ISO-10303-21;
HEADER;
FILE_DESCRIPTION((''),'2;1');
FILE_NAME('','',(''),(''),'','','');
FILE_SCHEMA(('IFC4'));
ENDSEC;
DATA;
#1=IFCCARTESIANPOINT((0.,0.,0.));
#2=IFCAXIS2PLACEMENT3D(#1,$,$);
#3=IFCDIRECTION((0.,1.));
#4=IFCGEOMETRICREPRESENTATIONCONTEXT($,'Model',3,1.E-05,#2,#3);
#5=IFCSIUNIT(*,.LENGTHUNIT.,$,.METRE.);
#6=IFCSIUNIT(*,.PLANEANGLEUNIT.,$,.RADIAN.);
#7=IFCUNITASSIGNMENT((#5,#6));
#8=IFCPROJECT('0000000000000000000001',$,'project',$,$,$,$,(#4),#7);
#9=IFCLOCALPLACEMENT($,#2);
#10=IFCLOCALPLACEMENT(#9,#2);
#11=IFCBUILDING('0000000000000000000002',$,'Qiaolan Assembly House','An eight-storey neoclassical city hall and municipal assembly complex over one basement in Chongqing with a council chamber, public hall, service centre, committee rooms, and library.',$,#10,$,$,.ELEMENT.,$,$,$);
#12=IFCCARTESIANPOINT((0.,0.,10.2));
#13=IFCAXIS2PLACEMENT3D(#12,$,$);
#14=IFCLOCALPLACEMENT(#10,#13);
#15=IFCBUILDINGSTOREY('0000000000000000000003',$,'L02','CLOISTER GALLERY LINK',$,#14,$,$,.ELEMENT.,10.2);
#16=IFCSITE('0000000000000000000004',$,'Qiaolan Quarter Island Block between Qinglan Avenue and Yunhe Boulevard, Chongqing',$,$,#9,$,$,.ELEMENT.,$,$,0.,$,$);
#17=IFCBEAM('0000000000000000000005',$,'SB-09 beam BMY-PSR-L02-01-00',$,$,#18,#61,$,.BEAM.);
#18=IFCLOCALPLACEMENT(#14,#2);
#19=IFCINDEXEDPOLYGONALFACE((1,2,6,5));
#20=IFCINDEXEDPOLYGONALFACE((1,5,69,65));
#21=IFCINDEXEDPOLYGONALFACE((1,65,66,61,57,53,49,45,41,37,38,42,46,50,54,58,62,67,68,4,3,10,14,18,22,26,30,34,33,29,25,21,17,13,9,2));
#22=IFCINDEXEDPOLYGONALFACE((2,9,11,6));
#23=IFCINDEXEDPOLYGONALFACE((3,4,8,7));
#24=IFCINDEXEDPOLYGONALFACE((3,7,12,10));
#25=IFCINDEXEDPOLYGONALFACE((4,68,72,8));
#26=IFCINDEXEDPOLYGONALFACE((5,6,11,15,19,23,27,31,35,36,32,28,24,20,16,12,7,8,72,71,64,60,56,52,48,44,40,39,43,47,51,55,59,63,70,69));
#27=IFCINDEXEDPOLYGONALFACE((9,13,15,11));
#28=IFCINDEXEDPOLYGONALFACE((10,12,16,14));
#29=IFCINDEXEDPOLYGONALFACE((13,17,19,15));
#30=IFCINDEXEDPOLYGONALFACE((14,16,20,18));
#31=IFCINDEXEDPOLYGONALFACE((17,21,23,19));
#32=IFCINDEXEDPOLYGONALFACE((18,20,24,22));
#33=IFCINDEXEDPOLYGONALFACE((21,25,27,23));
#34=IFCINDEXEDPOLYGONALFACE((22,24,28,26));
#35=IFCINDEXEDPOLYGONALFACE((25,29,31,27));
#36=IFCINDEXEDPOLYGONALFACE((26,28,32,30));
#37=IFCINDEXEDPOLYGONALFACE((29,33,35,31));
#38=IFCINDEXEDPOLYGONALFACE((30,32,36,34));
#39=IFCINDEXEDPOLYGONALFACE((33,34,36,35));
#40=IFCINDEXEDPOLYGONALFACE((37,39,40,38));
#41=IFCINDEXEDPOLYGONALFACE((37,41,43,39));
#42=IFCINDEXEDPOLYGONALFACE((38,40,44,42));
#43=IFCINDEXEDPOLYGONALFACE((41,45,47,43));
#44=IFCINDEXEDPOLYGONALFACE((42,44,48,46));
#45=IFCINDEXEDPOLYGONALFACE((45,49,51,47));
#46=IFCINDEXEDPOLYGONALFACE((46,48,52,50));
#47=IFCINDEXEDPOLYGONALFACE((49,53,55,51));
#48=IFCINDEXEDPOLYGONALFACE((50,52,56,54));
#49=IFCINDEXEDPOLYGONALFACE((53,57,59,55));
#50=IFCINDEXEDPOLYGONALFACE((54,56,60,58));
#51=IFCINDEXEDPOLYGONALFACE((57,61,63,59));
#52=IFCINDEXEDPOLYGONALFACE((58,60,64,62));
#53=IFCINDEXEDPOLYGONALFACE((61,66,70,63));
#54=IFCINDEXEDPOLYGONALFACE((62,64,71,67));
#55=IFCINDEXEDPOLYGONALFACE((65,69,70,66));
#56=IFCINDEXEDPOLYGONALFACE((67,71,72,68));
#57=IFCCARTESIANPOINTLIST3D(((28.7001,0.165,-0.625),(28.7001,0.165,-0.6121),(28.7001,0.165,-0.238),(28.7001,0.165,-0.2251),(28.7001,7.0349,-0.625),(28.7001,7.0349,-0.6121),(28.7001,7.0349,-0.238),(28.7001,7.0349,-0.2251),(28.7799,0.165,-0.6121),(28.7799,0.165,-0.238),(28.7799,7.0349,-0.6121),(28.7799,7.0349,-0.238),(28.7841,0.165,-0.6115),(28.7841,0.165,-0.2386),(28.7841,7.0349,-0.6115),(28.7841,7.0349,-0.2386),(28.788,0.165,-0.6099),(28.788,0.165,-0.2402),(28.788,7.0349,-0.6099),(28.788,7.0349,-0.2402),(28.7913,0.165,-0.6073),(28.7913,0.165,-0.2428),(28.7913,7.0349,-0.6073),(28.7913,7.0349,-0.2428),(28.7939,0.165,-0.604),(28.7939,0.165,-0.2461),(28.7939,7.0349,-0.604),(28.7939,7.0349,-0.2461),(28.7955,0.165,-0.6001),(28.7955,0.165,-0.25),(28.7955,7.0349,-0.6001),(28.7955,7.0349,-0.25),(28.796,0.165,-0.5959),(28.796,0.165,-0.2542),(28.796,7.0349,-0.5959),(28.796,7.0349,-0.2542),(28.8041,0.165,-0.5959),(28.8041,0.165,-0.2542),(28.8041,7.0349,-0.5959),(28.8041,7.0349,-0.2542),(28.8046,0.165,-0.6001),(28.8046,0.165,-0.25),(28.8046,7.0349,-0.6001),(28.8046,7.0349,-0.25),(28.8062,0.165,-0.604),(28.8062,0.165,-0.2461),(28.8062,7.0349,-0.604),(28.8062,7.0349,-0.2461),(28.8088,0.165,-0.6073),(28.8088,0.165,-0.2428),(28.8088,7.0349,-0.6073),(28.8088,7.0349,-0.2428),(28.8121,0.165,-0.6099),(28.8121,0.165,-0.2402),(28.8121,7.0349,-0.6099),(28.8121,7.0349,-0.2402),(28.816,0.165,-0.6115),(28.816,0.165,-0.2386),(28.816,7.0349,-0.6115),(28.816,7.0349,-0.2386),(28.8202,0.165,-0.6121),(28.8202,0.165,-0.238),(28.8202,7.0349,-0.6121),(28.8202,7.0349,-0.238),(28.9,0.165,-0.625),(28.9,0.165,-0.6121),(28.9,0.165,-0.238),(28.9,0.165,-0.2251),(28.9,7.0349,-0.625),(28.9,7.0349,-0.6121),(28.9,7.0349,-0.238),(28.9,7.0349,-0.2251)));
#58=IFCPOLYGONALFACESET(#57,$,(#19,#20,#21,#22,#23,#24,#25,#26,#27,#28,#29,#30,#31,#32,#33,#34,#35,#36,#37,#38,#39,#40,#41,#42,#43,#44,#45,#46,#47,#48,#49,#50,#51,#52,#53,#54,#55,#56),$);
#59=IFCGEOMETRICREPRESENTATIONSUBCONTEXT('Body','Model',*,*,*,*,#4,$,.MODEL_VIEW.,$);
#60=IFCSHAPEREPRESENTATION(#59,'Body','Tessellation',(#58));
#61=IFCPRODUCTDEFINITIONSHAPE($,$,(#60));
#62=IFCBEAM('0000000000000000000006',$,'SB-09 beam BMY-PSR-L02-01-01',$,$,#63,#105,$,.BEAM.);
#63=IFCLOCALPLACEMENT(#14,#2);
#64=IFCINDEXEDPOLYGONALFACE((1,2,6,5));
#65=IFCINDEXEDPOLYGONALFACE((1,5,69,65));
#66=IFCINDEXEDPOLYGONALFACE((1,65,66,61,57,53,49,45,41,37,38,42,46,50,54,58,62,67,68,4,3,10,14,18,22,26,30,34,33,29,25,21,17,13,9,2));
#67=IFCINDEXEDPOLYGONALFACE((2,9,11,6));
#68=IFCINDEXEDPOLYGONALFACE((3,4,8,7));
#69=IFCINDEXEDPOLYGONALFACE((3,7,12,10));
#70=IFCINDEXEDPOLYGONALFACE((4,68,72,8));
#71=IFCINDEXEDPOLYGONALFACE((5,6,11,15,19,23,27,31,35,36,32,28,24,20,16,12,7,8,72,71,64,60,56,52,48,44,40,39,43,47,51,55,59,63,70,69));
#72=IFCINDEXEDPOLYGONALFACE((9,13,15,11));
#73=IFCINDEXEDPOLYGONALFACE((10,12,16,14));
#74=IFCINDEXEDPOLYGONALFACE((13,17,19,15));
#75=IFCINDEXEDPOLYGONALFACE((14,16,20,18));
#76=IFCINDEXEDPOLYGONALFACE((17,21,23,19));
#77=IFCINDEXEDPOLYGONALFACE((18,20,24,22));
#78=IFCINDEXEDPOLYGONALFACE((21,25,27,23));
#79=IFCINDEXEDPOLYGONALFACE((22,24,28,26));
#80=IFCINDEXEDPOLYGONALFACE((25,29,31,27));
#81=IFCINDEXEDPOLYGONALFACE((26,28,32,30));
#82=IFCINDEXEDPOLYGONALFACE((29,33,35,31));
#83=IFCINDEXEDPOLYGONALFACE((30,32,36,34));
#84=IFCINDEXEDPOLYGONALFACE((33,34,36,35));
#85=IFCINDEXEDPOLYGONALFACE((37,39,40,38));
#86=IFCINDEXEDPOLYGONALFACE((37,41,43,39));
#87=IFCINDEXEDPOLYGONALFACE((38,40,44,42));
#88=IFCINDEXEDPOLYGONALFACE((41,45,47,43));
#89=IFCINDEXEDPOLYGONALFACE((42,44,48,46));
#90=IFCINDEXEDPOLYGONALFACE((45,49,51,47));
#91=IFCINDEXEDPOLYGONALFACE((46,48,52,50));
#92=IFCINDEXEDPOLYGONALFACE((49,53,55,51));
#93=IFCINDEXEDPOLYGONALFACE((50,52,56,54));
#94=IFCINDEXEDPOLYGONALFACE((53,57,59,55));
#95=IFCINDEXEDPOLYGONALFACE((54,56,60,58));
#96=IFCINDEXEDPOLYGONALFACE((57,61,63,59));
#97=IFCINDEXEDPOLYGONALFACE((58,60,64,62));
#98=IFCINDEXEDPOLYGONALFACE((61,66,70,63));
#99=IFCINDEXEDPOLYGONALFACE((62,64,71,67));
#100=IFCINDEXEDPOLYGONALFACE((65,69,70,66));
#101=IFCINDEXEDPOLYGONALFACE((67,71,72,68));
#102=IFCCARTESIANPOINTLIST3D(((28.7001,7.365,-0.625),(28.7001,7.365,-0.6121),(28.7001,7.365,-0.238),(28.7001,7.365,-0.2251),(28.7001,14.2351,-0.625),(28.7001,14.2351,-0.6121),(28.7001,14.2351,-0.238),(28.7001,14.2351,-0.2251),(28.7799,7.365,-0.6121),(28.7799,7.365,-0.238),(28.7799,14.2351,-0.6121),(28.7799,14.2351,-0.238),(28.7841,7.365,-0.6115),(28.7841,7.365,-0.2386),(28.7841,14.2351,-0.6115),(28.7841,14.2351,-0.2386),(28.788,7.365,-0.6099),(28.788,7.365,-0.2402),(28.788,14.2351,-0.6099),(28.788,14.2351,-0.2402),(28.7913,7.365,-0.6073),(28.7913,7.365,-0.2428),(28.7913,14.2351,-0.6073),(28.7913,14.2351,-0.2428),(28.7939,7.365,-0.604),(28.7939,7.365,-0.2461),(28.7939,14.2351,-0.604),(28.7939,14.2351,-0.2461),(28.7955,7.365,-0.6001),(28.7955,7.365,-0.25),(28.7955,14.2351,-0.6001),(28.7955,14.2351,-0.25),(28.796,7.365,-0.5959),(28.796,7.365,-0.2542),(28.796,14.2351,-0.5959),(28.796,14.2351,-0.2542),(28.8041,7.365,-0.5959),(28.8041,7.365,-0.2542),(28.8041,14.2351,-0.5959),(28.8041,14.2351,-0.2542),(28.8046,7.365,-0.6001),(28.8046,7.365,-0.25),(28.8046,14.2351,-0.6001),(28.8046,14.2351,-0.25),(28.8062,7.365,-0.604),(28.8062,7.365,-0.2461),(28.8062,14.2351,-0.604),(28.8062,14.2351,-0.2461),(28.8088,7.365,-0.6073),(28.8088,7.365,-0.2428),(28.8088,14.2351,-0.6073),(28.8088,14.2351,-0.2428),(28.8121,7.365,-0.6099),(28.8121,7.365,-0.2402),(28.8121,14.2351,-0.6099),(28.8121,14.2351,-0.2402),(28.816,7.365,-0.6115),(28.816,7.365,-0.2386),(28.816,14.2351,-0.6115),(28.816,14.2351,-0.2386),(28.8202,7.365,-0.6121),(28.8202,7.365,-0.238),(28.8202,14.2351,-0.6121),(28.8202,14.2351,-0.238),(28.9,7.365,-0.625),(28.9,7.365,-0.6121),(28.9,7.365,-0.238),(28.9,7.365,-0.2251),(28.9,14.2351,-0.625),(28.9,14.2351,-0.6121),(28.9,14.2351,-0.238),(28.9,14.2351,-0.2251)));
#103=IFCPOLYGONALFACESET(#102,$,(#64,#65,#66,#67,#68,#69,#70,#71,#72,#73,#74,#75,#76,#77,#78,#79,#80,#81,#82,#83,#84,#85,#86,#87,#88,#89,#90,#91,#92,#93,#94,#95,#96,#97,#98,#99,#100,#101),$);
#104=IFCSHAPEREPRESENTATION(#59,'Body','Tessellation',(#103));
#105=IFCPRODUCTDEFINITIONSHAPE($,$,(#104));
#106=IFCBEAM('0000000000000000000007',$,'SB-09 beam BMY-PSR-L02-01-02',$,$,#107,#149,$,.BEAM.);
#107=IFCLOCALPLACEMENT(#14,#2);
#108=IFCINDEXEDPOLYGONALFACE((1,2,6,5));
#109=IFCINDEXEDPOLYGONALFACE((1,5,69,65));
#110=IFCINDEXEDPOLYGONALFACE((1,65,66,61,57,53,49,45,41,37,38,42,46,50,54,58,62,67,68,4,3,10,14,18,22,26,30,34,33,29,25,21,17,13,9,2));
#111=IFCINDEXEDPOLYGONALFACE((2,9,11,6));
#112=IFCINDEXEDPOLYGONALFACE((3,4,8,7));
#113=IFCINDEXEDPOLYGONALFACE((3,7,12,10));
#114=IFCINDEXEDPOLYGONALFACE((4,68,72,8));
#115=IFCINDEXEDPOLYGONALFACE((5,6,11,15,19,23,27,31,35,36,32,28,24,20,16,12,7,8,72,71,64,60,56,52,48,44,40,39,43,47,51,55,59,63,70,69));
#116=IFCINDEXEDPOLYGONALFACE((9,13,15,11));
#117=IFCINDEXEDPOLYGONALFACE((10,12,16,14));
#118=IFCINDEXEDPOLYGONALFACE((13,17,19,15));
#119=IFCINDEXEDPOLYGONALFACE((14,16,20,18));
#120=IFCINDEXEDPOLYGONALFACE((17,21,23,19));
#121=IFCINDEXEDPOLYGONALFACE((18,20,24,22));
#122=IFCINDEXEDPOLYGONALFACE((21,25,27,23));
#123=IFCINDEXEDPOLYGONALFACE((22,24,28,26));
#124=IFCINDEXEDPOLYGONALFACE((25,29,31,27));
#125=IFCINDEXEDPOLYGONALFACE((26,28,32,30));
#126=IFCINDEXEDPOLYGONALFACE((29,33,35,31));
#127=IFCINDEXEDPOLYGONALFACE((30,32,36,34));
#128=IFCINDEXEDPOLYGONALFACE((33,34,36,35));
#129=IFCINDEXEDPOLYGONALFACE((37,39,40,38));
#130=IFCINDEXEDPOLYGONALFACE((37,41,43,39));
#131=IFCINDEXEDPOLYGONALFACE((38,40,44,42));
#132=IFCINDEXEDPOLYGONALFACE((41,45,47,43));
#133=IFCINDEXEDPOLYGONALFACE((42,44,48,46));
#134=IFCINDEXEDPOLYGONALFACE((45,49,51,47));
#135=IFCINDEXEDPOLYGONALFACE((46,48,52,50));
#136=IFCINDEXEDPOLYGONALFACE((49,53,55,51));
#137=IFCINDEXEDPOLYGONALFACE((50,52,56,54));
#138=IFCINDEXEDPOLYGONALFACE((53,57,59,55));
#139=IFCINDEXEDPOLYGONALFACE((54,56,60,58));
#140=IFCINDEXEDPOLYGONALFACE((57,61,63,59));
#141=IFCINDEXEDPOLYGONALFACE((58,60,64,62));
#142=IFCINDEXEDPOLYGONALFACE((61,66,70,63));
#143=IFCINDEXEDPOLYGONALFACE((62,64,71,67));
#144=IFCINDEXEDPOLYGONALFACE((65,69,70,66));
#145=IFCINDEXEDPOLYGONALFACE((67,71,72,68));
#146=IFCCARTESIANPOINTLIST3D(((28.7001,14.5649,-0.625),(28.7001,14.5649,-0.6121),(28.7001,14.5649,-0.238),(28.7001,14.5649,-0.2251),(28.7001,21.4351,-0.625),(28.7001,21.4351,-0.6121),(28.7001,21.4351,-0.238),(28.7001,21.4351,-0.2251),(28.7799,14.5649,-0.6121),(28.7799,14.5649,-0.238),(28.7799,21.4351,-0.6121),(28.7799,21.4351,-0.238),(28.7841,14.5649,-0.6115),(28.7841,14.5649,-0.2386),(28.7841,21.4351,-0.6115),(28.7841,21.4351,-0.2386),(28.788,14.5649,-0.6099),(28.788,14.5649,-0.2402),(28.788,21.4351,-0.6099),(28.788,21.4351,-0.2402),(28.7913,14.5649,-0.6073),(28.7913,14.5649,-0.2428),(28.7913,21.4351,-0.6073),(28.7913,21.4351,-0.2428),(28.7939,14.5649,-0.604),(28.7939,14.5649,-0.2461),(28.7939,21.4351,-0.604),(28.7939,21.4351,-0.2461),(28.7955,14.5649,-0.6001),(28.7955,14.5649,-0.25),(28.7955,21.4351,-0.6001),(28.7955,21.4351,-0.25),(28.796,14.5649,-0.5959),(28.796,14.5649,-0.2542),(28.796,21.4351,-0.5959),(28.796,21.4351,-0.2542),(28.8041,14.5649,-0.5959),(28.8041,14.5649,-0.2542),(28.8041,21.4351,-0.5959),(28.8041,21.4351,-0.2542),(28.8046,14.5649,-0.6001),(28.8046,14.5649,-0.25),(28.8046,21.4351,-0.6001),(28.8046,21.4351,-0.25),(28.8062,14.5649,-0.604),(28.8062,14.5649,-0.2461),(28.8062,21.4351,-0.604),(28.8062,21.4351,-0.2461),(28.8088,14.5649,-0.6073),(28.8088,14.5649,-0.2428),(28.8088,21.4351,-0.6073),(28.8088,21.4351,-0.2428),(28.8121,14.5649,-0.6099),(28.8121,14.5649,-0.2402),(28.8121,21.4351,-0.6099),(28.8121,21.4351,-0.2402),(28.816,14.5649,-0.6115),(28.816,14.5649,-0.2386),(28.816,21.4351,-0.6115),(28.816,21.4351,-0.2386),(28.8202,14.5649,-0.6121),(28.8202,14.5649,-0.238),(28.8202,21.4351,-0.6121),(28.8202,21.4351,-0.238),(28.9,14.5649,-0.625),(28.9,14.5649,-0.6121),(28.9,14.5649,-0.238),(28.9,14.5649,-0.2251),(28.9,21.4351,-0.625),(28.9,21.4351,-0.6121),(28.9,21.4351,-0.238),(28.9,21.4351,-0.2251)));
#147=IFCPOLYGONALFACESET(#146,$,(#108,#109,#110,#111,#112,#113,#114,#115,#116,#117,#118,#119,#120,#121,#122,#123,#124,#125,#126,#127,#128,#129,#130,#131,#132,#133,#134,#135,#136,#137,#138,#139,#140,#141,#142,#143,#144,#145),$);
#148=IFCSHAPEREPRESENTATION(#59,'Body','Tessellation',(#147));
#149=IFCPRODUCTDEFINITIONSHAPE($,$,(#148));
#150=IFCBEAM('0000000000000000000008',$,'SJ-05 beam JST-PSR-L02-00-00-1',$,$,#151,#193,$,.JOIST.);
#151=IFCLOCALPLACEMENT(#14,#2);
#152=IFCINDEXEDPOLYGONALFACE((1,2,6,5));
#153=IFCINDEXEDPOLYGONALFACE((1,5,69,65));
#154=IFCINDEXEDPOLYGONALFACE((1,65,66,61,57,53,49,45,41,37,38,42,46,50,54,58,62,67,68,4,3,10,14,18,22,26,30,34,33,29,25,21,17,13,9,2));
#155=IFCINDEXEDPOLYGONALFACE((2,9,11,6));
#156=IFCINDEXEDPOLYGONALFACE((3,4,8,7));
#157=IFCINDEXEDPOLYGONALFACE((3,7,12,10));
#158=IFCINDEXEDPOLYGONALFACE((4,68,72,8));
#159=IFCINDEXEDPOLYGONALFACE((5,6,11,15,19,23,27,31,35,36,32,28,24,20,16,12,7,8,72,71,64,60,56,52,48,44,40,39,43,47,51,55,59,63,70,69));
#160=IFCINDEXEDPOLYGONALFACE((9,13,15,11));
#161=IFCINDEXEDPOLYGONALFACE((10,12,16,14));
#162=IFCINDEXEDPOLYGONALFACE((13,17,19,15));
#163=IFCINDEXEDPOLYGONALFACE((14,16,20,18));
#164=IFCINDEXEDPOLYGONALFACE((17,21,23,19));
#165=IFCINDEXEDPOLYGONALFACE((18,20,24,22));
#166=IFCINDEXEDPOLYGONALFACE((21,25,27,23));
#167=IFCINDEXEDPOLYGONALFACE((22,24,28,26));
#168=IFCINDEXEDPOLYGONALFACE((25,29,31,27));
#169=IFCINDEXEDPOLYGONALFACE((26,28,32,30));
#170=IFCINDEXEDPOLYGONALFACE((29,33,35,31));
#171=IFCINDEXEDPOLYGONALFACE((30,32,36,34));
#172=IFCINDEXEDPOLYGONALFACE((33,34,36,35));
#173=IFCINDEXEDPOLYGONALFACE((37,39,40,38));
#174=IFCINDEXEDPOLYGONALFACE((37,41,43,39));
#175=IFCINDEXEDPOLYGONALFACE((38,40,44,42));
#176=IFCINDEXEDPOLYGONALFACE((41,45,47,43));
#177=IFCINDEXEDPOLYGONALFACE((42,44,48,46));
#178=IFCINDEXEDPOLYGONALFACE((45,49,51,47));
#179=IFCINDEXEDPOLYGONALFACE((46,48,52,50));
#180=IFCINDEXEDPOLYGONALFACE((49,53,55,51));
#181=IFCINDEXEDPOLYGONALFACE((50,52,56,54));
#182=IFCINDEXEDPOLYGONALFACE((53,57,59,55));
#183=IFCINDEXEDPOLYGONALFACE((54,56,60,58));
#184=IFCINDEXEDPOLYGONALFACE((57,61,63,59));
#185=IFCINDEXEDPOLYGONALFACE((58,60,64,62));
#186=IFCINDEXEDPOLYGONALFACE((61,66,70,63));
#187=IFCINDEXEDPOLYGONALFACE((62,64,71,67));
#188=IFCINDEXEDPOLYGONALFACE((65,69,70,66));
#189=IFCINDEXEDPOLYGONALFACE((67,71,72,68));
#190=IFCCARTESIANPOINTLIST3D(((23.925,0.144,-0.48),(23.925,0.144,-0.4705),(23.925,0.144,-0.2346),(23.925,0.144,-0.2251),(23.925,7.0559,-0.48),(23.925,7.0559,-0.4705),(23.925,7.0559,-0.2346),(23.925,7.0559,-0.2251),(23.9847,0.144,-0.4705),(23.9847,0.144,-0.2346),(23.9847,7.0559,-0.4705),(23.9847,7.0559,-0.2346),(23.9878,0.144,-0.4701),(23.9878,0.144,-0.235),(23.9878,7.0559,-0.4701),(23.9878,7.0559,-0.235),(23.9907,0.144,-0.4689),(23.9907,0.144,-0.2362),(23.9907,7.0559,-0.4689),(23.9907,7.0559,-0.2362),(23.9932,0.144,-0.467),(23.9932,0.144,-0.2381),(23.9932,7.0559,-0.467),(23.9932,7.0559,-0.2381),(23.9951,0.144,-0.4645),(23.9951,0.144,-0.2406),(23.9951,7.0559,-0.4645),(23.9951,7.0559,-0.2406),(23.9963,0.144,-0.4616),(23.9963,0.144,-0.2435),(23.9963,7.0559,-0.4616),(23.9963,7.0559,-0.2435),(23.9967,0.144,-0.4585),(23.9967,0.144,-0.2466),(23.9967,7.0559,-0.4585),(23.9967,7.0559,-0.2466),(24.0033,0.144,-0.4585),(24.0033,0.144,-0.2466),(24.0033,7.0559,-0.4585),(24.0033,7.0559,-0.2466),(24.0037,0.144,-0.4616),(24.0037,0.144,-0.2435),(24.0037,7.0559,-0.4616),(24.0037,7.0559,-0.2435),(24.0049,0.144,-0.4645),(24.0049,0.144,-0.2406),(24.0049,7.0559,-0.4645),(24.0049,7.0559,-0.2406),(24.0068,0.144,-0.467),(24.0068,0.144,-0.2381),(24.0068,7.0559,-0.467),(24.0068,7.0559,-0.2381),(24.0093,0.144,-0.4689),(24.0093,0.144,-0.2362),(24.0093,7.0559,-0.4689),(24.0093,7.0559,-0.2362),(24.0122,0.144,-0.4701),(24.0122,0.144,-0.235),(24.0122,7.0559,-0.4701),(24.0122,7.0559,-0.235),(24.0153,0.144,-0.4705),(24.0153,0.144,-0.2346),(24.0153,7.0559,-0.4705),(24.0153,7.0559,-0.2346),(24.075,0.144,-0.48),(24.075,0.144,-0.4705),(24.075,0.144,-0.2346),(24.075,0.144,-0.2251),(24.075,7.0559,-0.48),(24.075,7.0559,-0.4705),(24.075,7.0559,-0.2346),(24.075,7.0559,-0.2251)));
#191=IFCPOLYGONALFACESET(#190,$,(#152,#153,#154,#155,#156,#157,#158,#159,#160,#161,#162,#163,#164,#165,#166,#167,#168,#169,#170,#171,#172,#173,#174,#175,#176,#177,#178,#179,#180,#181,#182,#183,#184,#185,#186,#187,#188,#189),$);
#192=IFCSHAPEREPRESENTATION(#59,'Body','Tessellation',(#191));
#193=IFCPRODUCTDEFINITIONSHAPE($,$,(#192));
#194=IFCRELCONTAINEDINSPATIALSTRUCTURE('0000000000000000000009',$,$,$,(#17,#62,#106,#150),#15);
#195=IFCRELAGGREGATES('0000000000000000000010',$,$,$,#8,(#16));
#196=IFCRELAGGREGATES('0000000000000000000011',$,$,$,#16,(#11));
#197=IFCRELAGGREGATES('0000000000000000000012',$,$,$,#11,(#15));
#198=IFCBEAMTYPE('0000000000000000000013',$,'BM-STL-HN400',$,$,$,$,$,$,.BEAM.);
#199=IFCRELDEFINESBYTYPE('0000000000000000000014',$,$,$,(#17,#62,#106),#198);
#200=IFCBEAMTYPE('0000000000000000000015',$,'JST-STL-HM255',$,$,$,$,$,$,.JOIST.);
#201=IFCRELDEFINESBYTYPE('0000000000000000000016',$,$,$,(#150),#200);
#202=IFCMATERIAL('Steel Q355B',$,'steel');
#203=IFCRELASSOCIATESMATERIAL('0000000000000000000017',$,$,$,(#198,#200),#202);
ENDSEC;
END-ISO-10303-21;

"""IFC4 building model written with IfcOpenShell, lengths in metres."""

from ifc_helpers import new_model, si_unit, direction, frame, origin, origin_2d, place, context, subcontext, project, spatial, i_section, extrude, material, material_profile, profile_set, type_object, element, save


model = new_model("IFC4")

# Units and contexts
model_context = context("Model", 3, precision=1e-05, world=origin(), true_north=direction((0.0, 1.0)))
body_context = subcontext(model_context, "Body", "Model", "MODEL_VIEW")
ifc_project = project(units=[si_unit("LENGTHUNIT", "METRE"), si_unit("PLANEANGLEUNIT", "RADIAN")], contexts=[model_context])

# Site, building, storey
site_placement = place(None, origin())
site = spatial("IfcSite", under=ifc_project, at=site_placement, Name="Qiaolan Quarter Island Block between Qinglan Avenue and Yunhe Boulevard, Chongqing", CompositionType="ELEMENT", RefElevation=0.0)
building_placement = place(site_placement, origin())
building = spatial("IfcBuilding", under=site, at=building_placement, Name="Qiaolan Assembly House", Description="An eight-storey neoclassical city hall and municipal assembly complex over one basement in Chongqing with a council chamber, public hall, service centre, committee rooms, and library.", CompositionType="ELEMENT")
storey_placement = place(building_placement, frame((0.0, 0.0, 10.2)))
storey = spatial("IfcBuildingStorey", under=building, at=storey_placement, Name="L02", Description="CLOISTER GALLERY LINK", CompositionType="ELEMENT", Elevation=10.2)

# Beams
ifc_material_1 = material(Name="Steel Q355B", Category="steel")
ifc_material_profile_1 = material_profile(ifc_material_1, i_section(OverallWidth=0.2, OverallDepth=0.3999, WebThickness=0.0081, FlangeThickness=0.0129, FilletRadius=0.0161, at=origin_2d()), Name="HN 400x200x8x13")
ifc_profile_set_1 = profile_set([ifc_material_profile_1], Name="Steel Q355B")
beam_type_1 = type_object("IfcBeamType", Name="BM-STL-HN400", PredefinedType="BEAM", material=ifc_profile_set_1)
beam_1_placement = place(storey_placement, frame((28.8, 0.165, -0.425), z_axis=(0.0, 1.0, 0.0), x_axis=(-1.0, 0.0, 0.0)))
element("IfcBeam", 1, at=beam_1_placement, inside=storey, type_object=beam_type_1, Name="SB-09 beam BMY-PSR-L02-01-00", PredefinedType="BEAM", context=body_context, shape_type="SweptSolid", body=[
    extrude(i_section(OverallWidth=0.2, OverallDepth=0.3999, WebThickness=0.0081, FlangeThickness=0.0129, FilletRadius=0.0161, at=origin_2d()), origin(), (0.0, 0.0, 1.0), 6.8699),
])
for number, where, z_axis, x_axis, name in (
    (2, (28.8, 7.365, -0.425), (0.0, 1.0, 0.0), (-1.0, 0.0, 0.0), "SB-09 beam BMY-PSR-L02-01-01"),
    (3, (28.8, 14.5649, -0.425), (0.0, 1.0, 0.0), (-1.0, 0.0, 0.0), "SB-09 beam BMY-PSR-L02-01-02"),
):
    element("IfcBeam", number, at=place(storey_placement, frame(where, z_axis=z_axis, x_axis=x_axis)), inside=storey, type_object=beam_type_1, Name=name, PredefinedType="BEAM", context=body_context, shape_type="SweptSolid", body=[
        extrude(i_section(OverallWidth=0.2, OverallDepth=0.3999, WebThickness=0.0081, FlangeThickness=0.0129, FilletRadius=0.0161, at=origin_2d()), origin(), (0.0, 0.0, 1.0), 6.8701),
    ])
ifc_material_profile_2 = material_profile(ifc_material_1, i_section(OverallWidth=0.1499, OverallDepth=0.2549, WebThickness=0.0066, FlangeThickness=0.0095, FilletRadius=0.012, at=origin_2d()), Name="HM 255x150x6.5x9.5")
ifc_profile_set_2 = profile_set([ifc_material_profile_2], Name="Steel Q355B")
beam_type_2 = type_object("IfcBeamType", Name="JST-STL-HM255", PredefinedType="JOIST", material=ifc_profile_set_2)
for number, where, z_axis, x_axis, name in (
    (4, (24.0, 0.144, -0.3525), (0.0, 1.0, 0.0), (-1.0, 0.0, 0.0), "SJ-05 beam JST-PSR-L02-00-00-1"),
):
    element("IfcBeam", number, at=place(storey_placement, frame(where, z_axis=z_axis, x_axis=x_axis)), inside=storey, type_object=beam_type_2, Name=name, PredefinedType="JOIST", context=body_context, shape_type="SweptSolid", body=[
        extrude(i_section(OverallWidth=0.1499, OverallDepth=0.2549, WebThickness=0.0066, FlangeThickness=0.0095, FilletRadius=0.012, at=origin_2d()), origin(), (0.0, 0.0, 1.0), 6.9119),
    ])

save(model, "model.ifc")
